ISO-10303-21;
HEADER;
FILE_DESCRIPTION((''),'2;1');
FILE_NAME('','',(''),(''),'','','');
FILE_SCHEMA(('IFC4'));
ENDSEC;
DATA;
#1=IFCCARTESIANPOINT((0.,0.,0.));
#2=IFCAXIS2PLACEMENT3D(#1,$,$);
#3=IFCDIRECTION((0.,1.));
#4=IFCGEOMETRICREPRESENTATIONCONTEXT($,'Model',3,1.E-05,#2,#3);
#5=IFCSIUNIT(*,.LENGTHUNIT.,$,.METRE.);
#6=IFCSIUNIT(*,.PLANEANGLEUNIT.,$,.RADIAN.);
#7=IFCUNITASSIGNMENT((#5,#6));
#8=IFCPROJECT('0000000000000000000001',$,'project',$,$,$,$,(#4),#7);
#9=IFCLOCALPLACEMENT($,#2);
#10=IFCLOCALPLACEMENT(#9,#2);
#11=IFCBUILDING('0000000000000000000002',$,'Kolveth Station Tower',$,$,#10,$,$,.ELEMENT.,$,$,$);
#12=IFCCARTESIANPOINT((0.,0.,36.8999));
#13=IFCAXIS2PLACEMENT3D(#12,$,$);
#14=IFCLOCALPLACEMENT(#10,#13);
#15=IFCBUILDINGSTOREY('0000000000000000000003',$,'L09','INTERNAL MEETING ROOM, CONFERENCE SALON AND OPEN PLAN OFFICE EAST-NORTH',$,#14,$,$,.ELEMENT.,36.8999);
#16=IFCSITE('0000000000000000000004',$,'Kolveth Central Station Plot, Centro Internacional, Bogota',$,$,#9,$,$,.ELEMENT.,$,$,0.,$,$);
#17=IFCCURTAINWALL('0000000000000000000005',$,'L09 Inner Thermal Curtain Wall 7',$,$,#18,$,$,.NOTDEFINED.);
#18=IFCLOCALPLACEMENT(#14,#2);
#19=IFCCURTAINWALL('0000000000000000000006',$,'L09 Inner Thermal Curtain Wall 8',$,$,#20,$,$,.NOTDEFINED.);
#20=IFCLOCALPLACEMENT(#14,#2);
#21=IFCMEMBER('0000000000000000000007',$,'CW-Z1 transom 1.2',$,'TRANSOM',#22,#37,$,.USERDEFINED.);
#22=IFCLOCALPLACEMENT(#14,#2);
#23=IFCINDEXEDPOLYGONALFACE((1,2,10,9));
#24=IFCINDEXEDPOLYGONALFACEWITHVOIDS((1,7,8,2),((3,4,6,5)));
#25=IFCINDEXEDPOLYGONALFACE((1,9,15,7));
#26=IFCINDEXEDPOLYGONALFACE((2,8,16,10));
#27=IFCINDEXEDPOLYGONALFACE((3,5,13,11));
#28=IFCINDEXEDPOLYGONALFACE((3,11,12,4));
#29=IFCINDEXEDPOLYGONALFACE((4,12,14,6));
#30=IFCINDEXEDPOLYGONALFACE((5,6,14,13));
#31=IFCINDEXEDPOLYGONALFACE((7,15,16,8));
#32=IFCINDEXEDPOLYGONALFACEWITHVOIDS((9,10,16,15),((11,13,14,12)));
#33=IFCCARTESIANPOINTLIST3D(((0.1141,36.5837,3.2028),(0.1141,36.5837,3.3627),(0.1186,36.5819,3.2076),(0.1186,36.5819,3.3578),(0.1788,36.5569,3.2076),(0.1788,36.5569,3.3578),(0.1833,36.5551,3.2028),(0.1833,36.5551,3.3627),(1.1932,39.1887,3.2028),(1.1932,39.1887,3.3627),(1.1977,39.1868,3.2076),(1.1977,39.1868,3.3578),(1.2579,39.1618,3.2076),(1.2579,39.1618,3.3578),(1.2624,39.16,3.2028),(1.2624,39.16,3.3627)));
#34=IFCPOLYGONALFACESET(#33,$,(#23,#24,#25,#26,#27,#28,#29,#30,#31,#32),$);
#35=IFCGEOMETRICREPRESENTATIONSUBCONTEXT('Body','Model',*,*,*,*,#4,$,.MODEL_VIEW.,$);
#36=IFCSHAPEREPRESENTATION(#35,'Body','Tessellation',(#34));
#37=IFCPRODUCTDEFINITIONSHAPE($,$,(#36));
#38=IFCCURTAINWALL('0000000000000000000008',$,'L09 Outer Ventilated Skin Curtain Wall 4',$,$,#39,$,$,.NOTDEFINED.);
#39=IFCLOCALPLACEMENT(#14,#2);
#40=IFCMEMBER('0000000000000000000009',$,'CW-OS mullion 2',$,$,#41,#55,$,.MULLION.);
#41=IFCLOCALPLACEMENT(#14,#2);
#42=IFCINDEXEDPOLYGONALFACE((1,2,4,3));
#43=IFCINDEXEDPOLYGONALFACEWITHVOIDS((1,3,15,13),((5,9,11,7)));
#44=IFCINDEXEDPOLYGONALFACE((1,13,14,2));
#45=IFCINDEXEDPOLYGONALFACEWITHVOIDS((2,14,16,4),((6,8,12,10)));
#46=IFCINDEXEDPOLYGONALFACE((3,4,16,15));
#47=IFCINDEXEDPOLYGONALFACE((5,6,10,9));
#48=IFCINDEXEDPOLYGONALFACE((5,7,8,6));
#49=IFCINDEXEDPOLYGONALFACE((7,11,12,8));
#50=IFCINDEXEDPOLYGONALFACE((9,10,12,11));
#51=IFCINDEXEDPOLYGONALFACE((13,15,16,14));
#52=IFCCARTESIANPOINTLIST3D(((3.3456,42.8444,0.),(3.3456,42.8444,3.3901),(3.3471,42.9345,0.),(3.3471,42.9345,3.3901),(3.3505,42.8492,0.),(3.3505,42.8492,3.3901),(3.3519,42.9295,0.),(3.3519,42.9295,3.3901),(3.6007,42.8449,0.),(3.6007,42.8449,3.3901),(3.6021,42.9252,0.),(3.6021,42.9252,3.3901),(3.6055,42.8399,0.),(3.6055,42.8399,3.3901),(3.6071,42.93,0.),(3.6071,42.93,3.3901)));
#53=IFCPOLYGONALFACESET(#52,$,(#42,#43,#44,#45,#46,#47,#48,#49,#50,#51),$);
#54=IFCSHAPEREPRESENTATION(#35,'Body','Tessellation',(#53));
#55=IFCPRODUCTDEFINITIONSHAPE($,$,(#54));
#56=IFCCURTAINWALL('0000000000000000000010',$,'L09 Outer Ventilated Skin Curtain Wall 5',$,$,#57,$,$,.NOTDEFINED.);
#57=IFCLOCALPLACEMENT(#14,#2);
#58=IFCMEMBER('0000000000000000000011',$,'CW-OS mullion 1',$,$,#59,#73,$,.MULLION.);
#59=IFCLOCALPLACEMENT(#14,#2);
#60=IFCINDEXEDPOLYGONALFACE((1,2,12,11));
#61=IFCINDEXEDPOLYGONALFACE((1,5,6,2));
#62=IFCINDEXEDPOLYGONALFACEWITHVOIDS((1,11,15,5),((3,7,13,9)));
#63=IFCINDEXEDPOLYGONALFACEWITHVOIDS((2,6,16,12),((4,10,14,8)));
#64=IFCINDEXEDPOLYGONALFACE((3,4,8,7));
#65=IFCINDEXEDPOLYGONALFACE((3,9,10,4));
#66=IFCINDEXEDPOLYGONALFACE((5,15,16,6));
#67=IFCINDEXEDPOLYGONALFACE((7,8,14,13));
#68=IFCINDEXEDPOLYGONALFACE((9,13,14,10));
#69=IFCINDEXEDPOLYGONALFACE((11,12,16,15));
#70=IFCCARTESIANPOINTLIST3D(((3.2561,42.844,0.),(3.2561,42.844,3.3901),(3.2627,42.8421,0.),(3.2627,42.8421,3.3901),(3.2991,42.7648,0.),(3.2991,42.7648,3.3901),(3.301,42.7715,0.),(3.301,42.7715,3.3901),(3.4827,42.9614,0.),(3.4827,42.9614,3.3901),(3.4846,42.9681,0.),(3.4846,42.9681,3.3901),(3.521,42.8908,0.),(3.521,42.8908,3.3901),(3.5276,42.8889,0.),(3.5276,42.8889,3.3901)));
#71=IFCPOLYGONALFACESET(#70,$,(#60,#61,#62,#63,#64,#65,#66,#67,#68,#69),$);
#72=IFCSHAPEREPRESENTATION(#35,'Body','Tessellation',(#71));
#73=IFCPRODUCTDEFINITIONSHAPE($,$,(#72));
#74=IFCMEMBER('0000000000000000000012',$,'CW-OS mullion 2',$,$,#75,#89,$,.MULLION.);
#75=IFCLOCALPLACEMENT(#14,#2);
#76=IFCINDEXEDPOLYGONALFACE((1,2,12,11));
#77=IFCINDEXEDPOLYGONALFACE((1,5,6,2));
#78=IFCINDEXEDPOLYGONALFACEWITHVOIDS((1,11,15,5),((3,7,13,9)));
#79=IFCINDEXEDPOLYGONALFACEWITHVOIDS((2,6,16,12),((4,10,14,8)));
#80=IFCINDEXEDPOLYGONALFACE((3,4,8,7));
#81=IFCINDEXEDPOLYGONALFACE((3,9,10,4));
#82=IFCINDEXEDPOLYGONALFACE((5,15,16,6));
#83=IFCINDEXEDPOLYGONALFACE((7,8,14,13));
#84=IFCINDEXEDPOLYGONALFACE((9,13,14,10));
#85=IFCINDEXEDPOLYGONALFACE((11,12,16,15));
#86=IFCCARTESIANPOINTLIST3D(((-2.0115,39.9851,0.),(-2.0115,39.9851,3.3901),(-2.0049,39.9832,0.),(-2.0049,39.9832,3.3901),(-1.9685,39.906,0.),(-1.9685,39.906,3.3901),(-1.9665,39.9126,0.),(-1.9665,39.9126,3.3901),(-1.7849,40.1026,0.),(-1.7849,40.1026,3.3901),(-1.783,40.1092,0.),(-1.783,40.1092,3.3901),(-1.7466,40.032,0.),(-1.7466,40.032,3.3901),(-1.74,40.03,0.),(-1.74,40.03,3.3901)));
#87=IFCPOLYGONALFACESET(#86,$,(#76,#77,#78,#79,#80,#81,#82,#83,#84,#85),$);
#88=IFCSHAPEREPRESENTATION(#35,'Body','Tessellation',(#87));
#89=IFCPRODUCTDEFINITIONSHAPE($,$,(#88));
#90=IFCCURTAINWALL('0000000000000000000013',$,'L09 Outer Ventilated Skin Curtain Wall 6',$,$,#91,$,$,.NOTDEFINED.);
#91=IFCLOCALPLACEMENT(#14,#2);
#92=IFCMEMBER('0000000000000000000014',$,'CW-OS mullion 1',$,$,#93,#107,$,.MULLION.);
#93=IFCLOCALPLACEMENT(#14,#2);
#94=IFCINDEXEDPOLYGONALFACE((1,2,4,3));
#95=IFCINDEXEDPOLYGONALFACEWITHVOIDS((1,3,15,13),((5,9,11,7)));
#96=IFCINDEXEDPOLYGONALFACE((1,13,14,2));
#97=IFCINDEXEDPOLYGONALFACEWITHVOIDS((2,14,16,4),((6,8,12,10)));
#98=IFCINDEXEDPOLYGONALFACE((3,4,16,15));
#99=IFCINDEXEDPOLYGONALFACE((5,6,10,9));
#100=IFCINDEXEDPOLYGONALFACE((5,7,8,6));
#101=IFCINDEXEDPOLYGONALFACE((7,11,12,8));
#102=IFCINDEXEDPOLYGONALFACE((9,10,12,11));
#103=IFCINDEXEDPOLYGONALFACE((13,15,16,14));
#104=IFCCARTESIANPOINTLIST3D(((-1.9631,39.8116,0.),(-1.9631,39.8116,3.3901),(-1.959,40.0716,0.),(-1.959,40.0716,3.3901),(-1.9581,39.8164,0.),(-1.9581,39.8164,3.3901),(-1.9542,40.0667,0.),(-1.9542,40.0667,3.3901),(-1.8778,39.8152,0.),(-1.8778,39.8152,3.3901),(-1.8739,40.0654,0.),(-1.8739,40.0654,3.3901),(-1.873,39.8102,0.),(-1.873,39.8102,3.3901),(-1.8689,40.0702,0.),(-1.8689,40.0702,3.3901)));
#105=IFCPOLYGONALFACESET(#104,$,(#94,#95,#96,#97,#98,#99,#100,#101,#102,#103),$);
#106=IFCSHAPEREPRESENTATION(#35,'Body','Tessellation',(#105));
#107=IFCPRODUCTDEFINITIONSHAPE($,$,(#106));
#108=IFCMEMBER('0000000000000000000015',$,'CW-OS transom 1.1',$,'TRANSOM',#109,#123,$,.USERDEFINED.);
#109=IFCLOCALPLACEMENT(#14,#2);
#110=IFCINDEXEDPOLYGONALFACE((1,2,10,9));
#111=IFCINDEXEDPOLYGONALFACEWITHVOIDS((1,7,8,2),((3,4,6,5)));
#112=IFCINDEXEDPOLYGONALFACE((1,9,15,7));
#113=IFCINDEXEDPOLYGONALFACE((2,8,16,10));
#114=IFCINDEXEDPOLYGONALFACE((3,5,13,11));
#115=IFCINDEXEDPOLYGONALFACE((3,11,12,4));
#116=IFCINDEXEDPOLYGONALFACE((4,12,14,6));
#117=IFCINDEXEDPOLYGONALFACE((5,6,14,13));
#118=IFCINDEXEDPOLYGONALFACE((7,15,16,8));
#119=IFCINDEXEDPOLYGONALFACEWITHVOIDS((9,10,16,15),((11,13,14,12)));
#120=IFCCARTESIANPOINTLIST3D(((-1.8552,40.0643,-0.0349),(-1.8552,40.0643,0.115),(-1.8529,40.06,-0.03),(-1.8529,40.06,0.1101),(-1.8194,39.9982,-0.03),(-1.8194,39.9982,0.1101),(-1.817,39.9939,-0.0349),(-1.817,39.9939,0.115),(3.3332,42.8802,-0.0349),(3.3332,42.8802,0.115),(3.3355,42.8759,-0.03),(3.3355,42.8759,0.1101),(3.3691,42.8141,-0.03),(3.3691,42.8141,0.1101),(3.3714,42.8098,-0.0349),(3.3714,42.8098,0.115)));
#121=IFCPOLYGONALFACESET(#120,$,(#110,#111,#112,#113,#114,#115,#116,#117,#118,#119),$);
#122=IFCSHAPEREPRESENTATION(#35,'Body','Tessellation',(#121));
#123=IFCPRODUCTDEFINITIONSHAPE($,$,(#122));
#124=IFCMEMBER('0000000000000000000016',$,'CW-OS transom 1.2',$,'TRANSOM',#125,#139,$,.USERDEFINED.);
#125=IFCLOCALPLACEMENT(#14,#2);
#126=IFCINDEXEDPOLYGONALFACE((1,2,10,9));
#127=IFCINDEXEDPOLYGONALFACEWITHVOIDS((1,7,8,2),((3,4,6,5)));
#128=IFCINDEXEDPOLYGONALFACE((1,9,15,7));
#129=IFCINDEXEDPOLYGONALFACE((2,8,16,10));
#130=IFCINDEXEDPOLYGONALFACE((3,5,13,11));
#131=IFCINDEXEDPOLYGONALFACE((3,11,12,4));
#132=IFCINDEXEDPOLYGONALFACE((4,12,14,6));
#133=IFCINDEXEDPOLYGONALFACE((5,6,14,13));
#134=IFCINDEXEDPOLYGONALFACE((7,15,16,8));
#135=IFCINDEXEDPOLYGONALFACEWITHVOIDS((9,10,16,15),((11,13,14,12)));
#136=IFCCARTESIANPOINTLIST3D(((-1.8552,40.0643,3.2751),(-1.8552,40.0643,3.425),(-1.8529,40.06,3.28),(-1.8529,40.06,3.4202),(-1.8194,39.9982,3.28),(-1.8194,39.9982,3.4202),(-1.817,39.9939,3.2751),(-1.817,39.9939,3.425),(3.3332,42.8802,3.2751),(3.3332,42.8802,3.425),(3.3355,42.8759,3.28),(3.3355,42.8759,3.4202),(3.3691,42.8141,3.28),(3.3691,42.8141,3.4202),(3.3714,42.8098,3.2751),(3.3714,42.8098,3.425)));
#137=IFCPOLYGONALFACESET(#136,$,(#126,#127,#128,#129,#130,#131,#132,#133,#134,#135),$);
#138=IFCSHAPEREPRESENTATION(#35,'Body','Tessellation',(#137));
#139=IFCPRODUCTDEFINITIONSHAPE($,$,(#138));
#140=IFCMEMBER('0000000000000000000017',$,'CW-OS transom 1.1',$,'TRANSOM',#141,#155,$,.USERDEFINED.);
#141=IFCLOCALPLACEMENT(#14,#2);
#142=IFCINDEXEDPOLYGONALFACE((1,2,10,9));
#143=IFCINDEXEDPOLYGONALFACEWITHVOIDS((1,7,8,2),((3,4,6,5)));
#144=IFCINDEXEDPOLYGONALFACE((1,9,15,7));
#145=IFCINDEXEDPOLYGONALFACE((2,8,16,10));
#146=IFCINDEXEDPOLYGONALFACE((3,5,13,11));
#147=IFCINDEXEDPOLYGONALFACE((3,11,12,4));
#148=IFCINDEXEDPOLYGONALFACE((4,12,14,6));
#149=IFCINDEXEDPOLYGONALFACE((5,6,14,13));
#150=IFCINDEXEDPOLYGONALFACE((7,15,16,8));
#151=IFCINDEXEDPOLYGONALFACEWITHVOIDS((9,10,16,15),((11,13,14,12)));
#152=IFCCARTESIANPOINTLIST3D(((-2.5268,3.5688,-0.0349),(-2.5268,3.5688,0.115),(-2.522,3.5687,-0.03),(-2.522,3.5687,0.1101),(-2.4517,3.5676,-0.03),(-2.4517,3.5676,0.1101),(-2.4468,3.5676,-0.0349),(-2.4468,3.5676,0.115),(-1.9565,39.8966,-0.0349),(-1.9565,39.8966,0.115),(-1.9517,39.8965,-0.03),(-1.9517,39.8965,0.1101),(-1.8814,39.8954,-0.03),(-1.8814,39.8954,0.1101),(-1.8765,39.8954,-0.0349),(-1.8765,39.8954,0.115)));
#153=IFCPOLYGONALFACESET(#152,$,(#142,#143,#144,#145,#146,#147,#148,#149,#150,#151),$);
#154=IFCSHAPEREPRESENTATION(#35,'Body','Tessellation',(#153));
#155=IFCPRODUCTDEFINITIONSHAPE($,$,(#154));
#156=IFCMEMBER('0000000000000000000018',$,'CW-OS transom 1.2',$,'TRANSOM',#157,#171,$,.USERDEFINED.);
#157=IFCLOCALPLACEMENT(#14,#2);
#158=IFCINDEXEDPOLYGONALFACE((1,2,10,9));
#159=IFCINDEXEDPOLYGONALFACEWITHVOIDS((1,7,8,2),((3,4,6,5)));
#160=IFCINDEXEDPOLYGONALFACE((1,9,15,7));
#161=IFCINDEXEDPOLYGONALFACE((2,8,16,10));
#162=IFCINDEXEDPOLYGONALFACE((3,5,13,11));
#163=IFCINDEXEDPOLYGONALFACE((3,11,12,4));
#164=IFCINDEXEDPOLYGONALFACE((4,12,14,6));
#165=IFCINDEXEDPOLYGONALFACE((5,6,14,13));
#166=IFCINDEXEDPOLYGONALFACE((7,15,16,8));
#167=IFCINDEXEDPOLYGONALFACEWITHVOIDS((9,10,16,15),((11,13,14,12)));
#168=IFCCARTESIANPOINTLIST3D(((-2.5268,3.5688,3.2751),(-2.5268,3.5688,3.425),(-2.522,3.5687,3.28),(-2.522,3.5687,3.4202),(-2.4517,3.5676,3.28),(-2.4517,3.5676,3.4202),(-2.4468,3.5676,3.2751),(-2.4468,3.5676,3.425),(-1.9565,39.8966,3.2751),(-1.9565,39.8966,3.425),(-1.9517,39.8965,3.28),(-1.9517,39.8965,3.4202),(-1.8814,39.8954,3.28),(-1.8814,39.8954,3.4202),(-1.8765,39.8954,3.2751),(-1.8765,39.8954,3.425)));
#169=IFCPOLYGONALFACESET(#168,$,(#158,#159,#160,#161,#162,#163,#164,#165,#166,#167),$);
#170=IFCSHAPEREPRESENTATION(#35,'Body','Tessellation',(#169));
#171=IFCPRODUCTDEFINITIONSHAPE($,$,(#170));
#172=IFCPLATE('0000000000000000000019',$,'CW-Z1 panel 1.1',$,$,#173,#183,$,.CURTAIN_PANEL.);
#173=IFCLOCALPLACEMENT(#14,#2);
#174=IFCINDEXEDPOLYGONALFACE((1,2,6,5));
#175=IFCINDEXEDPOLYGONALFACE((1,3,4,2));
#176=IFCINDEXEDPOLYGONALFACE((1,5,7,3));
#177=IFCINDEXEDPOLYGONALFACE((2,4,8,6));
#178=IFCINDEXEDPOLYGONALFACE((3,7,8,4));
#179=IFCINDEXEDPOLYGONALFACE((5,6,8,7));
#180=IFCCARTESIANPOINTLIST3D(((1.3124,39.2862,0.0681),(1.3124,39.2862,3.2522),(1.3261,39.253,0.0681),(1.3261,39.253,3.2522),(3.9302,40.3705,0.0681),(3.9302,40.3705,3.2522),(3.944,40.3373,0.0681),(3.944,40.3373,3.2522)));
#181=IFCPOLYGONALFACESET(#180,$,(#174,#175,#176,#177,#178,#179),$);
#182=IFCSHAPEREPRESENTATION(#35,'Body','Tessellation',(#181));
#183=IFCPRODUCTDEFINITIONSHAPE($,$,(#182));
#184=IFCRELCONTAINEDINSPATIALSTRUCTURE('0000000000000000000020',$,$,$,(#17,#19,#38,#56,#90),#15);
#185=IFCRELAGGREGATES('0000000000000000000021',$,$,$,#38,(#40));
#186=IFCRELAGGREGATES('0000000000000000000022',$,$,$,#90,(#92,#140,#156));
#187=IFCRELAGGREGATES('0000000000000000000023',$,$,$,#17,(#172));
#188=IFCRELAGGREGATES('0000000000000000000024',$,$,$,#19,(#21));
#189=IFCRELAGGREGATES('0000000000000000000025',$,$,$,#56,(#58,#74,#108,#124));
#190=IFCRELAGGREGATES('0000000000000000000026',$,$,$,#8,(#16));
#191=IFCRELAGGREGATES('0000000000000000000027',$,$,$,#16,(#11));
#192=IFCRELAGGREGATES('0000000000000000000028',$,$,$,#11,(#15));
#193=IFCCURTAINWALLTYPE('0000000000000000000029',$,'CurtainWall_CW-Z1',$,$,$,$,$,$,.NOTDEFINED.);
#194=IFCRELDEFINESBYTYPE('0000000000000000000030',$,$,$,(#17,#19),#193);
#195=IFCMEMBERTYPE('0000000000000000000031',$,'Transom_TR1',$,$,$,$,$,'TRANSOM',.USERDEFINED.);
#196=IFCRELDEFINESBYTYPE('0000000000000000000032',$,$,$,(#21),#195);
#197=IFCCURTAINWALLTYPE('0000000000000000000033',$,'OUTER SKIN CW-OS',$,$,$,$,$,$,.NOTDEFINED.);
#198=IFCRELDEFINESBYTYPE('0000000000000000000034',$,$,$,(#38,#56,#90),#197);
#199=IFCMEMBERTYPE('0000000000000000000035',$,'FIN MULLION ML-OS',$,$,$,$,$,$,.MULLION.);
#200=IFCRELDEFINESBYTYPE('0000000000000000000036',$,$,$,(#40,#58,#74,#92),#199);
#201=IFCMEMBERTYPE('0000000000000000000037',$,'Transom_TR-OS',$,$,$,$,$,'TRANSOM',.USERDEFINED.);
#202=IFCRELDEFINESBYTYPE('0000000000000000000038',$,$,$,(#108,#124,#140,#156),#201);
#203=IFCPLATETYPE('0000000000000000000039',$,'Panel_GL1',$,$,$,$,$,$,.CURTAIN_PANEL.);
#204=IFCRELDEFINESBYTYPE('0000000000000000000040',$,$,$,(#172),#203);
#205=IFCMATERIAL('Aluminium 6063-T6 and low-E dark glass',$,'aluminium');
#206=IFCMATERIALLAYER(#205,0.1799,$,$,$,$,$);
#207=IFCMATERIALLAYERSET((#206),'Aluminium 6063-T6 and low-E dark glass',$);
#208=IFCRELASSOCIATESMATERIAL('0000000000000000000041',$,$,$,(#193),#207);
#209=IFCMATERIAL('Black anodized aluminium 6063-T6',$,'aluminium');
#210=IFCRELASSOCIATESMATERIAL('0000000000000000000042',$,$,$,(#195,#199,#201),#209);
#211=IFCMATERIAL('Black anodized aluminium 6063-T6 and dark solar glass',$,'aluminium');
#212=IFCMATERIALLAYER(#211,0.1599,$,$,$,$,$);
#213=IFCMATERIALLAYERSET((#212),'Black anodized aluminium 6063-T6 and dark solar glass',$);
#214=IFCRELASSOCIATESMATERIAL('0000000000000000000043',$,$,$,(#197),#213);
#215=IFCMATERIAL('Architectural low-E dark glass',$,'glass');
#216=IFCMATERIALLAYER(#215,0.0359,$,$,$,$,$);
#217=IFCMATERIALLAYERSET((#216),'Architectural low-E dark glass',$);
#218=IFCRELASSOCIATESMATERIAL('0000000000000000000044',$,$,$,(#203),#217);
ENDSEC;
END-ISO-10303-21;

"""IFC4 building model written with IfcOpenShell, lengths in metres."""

from ifc_helpers import new_model, si_unit, direction, frame, origin, origin_2d, place, context, subcontext, project, spatial, rectangle, hollow_rectangle, extrude, source, transform, mapped, material, layer, layer_set, material_profile, profile_set, type_object, element, aggregate, save


model = new_model("IFC4")

# Units and contexts
model_context = context("Model", 3, precision=1e-05, world=origin(), true_north=direction((0.0, 1.0)))
body_context = subcontext(model_context, "Body", "Model", "MODEL_VIEW")
ifc_project = project(units=[si_unit("LENGTHUNIT", "METRE"), si_unit("PLANEANGLEUNIT", "RADIAN")], contexts=[model_context])

# Site, building, storey
site_placement = place(None, origin())
site = spatial("IfcSite", under=ifc_project, at=site_placement, Name="Kolveth Central Station Plot, Centro Internacional, Bogota", CompositionType="ELEMENT", RefElevation=0.0)
building_placement = place(site_placement, origin())
building = spatial("IfcBuilding", under=site, at=building_placement, Name="Kolveth Station Tower", CompositionType="ELEMENT")
storey_placement = place(building_placement, frame((0.0, 0.0, 36.8999)))
storey = spatial("IfcBuildingStorey", under=building, at=storey_placement, Name="L09", Description="INTERNAL MEETING ROOM, CONFERENCE SALON AND OPEN PLAN OFFICE EAST-NORTH", CompositionType="ELEMENT", Elevation=36.8999)

# Shared definitions
ifc_material_1 = material(Name="Aluminium 6063-T6 and low-E dark glass", Category="aluminium")
ifc_layer_1 = layer(ifc_material_1, 0.1799)
ifc_layer_set_1 = layer_set([ifc_layer_1], Name="Aluminium 6063-T6 and low-E dark glass")
curtain_wall_type_1 = type_object("IfcCurtainWallType", Name="CurtainWall_CW-Z1", PredefinedType="NOTDEFINED", material=ifc_layer_set_1)
ifc_material_2 = material(Name="Black anodized aluminium 6063-T6", Category="aluminium")

# Curtain walls
curtain_wall_1_placement = place(storey_placement, origin())
curtain_wall_1 = element("IfcCurtainWall", 1, at=curtain_wall_1_placement, inside=storey, type_object=curtain_wall_type_1, Name="L09 Inner Thermal Curtain Wall 7", PredefinedType="NOTDEFINED")
curtain_wall_2_placement = place(storey_placement, origin())
curtain_wall_2 = element("IfcCurtainWall", 2, at=curtain_wall_2_placement, inside=storey, type_object=curtain_wall_type_1, Name="L09 Inner Thermal Curtain Wall 8", PredefinedType="NOTDEFINED")

# Member
ifc_material_profile_1 = material_profile(ifc_material_2, hollow_rectangle(XDim=0.075, YDim=0.1599, WallThickness=0.0049, at=origin_2d()), Name="ALU-75x160x5")
ifc_profile_set_1 = profile_set([ifc_material_profile_1], Name="Black anodized aluminium 6063-T6")
member_type_1 = type_object("IfcMemberType", Name="Transom_TR1", ElementType="TRANSOM", PredefinedType="USERDEFINED", material=ifc_profile_set_1)
shared_shape_1 = source(origin(), body_context, "Body", "SweptSolid", [
    extrude(hollow_rectangle(XDim=0.075, YDim=0.1599, WallThickness=0.0049, at=origin_2d()), origin(), (0.0, 0.0, 1.0), 2.8196),
])
member_1_placement = place(storey_placement, frame((1.2278, 39.1743, 3.2827), z_axis=(-0.382709, -0.923869, 0.0), x_axis=(0.923869, -0.382709, 0.0)))
member_1 = element("IfcMember", 3, at=member_1_placement, type_object=member_type_1, Name="CW-Z1 transom 1.2", ObjectType="TRANSOM", PredefinedType="USERDEFINED", context=body_context, shape_type="MappedRepresentation", body=[
    mapped(shared_shape_1, transform((0.0, 0.0, 0.0), x_axis=(1.0, 0.0, 0.0), y_axis=(0.0, 1.0, 0.0), z_axis=(0.0, 0.0, 1.0), scale=1.0)),
])

# Curtain wall, member
ifc_material_3 = material(Name="Black anodized aluminium 6063-T6 and dark solar glass", Category="aluminium")
ifc_layer_2 = layer(ifc_material_3, 0.1599)
ifc_layer_set_2 = layer_set([ifc_layer_2], Name="Black anodized aluminium 6063-T6 and dark solar glass")
curtain_wall_type_2 = type_object("IfcCurtainWallType", Name="OUTER SKIN CW-OS", PredefinedType="NOTDEFINED", material=ifc_layer_set_2)
curtain_wall_3_placement = place(storey_placement, origin())
curtain_wall_3 = element("IfcCurtainWall", 4, at=curtain_wall_3_placement, inside=storey, type_object=curtain_wall_type_2, Name="L09 Outer Ventilated Skin Curtain Wall 4", PredefinedType="NOTDEFINED")
ifc_material_profile_2 = material_profile(ifc_material_2, hollow_rectangle(XDim=0.0901, YDim=0.26, WallThickness=0.0049, at=origin_2d()), Name="ALU-90x260x5")
ifc_profile_set_2 = profile_set([ifc_material_profile_2], Name="Black anodized aluminium 6063-T6")
member_type_2 = type_object("IfcMemberType", Name="FIN MULLION ML-OS", PredefinedType="MULLION", material=ifc_profile_set_2)
shared_shape_2 = source(origin(), body_context, "Body", "SweptSolid", [
    extrude(hollow_rectangle(XDim=0.0901, YDim=0.26, WallThickness=0.0049, at=origin_2d()), origin(), (0.0, 0.0, 1.0), 3.3901),
])
member_2_placement = place(storey_placement, frame((3.4763, 42.8872, 0.0), z_axis=(0.0, 0.0, 1.0), x_axis=(-0.01725, -0.999851, 0.0)))
member_2 = element("IfcMember", 5, at=member_2_placement, type_object=member_type_2, Name="CW-OS mullion 2", PredefinedType="MULLION", context=body_context, shape_type="MappedRepresentation", body=[
    mapped(shared_shape_2, transform((0.0, 0.0, 0.0), x_axis=(1.0, 0.0, 0.0), y_axis=(0.0, 1.0, 0.0), z_axis=(0.0, 0.0, 1.0), scale=1.0)),
])
aggregate(curtain_wall_3, [member_2])

# Curtain wall, members
curtain_wall_4_placement = place(storey_placement, origin())
curtain_wall_4 = element("IfcCurtainWall", 6, at=curtain_wall_4_placement, inside=storey, type_object=curtain_wall_type_2, Name="L09 Outer Ventilated Skin Curtain Wall 5", PredefinedType="NOTDEFINED")
member_3_placement = place(storey_placement, frame((3.3918, 42.8665, 0.0), z_axis=(0.0, 0.0, 1.0), x_axis=(0.477036, -0.878884, 0.0)))
member_3 = element("IfcMember", 7, at=member_3_placement, type_object=member_type_2, Name="CW-OS mullion 1", PredefinedType="MULLION", context=body_context, shape_type="MappedRepresentation", body=[
    mapped(shared_shape_2, transform((0.0, 0.0, 0.0), x_axis=(1.0, 0.0, 0.0), y_axis=(0.0, 1.0, 0.0), z_axis=(0.0, 0.0, 1.0), scale=1.0)),
])
member_4_placement = place(storey_placement, frame((-1.8757, 40.0076, 0.0), z_axis=(0.0, 0.0, 1.0), x_axis=(0.477036, -0.878884, 0.0)))
member_4 = element("IfcMember", 8, at=member_4_placement, type_object=member_type_2, Name="CW-OS mullion 2", PredefinedType="MULLION", context=body_context, shape_type="MappedRepresentation", body=[
    mapped(shared_shape_2, transform((0.0, 0.0, 0.0), x_axis=(1.0, 0.0, 0.0), y_axis=(0.0, 1.0, 0.0), z_axis=(0.0, 0.0, 1.0), scale=1.0)),
])

# Curtain wall, member
curtain_wall_5_placement = place(storey_placement, origin())
curtain_wall_5 = element("IfcCurtainWall", 9, at=curtain_wall_5_placement, inside=storey, type_object=curtain_wall_type_2, Name="L09 Outer Ventilated Skin Curtain Wall 6", PredefinedType="NOTDEFINED")
member_5_placement = place(storey_placement, frame((-1.916, 39.9409, 0.0), z_axis=(0.0, 0.0, 1.0), x_axis=(0.999877, -0.015693, 0.0)))
member_5 = element("IfcMember", 10, at=member_5_placement, type_object=member_type_2, Name="CW-OS mullion 1", PredefinedType="MULLION", context=body_context, shape_type="MappedRepresentation", body=[
    mapped(shared_shape_2, transform((0.0, 0.0, 0.0), x_axis=(1.0, 0.0, 0.0), y_axis=(0.0, 1.0, 0.0), z_axis=(0.0, 0.0, 1.0), scale=1.0)),
])

# Members
ifc_material_profile_3 = material_profile(ifc_material_2, hollow_rectangle(XDim=0.0801, YDim=0.1499, WallThickness=0.0049, at=origin_2d()), Name="ALU-80x150x5")
ifc_profile_set_3 = profile_set([ifc_material_profile_3], Name="Black anodized aluminium 6063-T6")
member_type_3 = type_object("IfcMemberType", Name="Transom_TR-OS", ElementType="TRANSOM", PredefinedType="USERDEFINED", material=ifc_profile_set_3)
shared_shape_3 = source(origin(), body_context, "Body", "SweptSolid", [
    extrude(hollow_rectangle(XDim=0.0801, YDim=0.1499, WallThickness=0.0049, at=origin_2d()), origin(), (0.0, 0.0, 1.0), 5.9033),
])
member_6_placement = place(storey_placement, frame((3.3523, 42.845, 0.04), z_axis=(-0.878902, -0.477002, 0.0), x_axis=(0.477002, -0.878902, 0.0)))
member_6 = element("IfcMember", 11, at=member_6_placement, type_object=member_type_3, Name="CW-OS transom 1.1", ObjectType="TRANSOM", PredefinedType="USERDEFINED", context=body_context, shape_type="MappedRepresentation", body=[
    mapped(shared_shape_3, transform((0.0, 0.0, 0.0), x_axis=(1.0, 0.0, 0.0), y_axis=(0.0, 1.0, 0.0), z_axis=(0.0, 0.0, 1.0), scale=1.0)),
])
member_7_placement = place(storey_placement, frame((3.3523, 42.845, 3.3501), z_axis=(-0.878902, -0.477002, 0.0), x_axis=(0.477002, -0.878902, 0.0)))
member_7 = element("IfcMember", 12, at=member_7_placement, type_object=member_type_3, Name="CW-OS transom 1.2", ObjectType="TRANSOM", PredefinedType="USERDEFINED", context=body_context, shape_type="MappedRepresentation", body=[
    mapped(shared_shape_3, transform((0.0, 0.0, 0.0), x_axis=(1.0, 0.0, 0.0), y_axis=(0.0, 1.0, 0.0), z_axis=(0.0, 0.0, 1.0), scale=1.0)),
])
shared_shape_4 = source(origin(), body_context, "Body", "SweptSolid", [
    extrude(hollow_rectangle(XDim=0.0801, YDim=0.1499, WallThickness=0.0049, at=origin_2d()), origin(), (0.0, 0.0, 1.0), 36.3323),
])
member_8_placement = place(storey_placement, frame((-1.9165, 39.896, 0.04), z_axis=(-0.015697, -0.999877, 0.0), x_axis=(0.999877, -0.015697, 0.0)))
member_8 = element("IfcMember", 13, at=member_8_placement, type_object=member_type_3, Name="CW-OS transom 1.1", ObjectType="TRANSOM", PredefinedType="USERDEFINED", context=body_context, shape_type="MappedRepresentation", body=[
    mapped(shared_shape_4, transform((0.0, 0.0, 0.0), x_axis=(1.0, 0.0, 0.0), y_axis=(0.0, 1.0, 0.0), z_axis=(0.0, 0.0, 1.0), scale=1.0)),
])
member_9_placement = place(storey_placement, frame((-1.9165, 39.896, 3.3501), z_axis=(-0.015697, -0.999877, 0.0), x_axis=(0.999877, -0.015697, 0.0)))
member_9 = element("IfcMember", 14, at=member_9_placement, type_object=member_type_3, Name="CW-OS transom 1.2", ObjectType="TRANSOM", PredefinedType="USERDEFINED", context=body_context, shape_type="MappedRepresentation", body=[
    mapped(shared_shape_4, transform((0.0, 0.0, 0.0), x_axis=(1.0, 0.0, 0.0), y_axis=(0.0, 1.0, 0.0), z_axis=(0.0, 0.0, 1.0), scale=1.0)),
])
aggregate(curtain_wall_5, [member_5, member_8, member_9])

# Plate
ifc_material_4 = material(Name="Architectural low-E dark glass", Category="glass")
ifc_layer_3 = layer(ifc_material_4, 0.0359)
ifc_layer_set_3 = layer_set([ifc_layer_3], Name="Architectural low-E dark glass")
plate_type_1 = type_object("IfcPlateType", Name="Panel_GL1", PredefinedType="CURTAIN_PANEL", material=ifc_layer_set_3)
shared_shape_5 = source(origin(), body_context, "Body", "SweptSolid", [
    extrude(rectangle(XDim=2.8335, YDim=0.0359, at=origin_2d()), origin(), (0.0, 0.0, 1.0), 3.1841),
])
plate_1_placement = place(storey_placement, frame((2.6282, 39.8118, 0.0681), z_axis=(0.0, 0.0, 1.0), x_axis=(-0.923884, -0.382673, 0.0)))
plate_1 = element("IfcPlate", 15, at=plate_1_placement, type_object=plate_type_1, Name="CW-Z1 panel 1.1", PredefinedType="CURTAIN_PANEL", context=body_context, shape_type="MappedRepresentation", body=[
    mapped(shared_shape_5, transform((0.0, 0.0, 0.0), x_axis=(1.0, 0.0, 0.0), y_axis=(0.0, 1.0, 0.0), z_axis=(0.0, 0.0, 1.0), scale=1.0)),
])
aggregate(curtain_wall_1, [plate_1])
aggregate(curtain_wall_2, [member_1])
aggregate(curtain_wall_4, [member_3, member_4, member_6, member_7])

save(model, "model.ifc")
